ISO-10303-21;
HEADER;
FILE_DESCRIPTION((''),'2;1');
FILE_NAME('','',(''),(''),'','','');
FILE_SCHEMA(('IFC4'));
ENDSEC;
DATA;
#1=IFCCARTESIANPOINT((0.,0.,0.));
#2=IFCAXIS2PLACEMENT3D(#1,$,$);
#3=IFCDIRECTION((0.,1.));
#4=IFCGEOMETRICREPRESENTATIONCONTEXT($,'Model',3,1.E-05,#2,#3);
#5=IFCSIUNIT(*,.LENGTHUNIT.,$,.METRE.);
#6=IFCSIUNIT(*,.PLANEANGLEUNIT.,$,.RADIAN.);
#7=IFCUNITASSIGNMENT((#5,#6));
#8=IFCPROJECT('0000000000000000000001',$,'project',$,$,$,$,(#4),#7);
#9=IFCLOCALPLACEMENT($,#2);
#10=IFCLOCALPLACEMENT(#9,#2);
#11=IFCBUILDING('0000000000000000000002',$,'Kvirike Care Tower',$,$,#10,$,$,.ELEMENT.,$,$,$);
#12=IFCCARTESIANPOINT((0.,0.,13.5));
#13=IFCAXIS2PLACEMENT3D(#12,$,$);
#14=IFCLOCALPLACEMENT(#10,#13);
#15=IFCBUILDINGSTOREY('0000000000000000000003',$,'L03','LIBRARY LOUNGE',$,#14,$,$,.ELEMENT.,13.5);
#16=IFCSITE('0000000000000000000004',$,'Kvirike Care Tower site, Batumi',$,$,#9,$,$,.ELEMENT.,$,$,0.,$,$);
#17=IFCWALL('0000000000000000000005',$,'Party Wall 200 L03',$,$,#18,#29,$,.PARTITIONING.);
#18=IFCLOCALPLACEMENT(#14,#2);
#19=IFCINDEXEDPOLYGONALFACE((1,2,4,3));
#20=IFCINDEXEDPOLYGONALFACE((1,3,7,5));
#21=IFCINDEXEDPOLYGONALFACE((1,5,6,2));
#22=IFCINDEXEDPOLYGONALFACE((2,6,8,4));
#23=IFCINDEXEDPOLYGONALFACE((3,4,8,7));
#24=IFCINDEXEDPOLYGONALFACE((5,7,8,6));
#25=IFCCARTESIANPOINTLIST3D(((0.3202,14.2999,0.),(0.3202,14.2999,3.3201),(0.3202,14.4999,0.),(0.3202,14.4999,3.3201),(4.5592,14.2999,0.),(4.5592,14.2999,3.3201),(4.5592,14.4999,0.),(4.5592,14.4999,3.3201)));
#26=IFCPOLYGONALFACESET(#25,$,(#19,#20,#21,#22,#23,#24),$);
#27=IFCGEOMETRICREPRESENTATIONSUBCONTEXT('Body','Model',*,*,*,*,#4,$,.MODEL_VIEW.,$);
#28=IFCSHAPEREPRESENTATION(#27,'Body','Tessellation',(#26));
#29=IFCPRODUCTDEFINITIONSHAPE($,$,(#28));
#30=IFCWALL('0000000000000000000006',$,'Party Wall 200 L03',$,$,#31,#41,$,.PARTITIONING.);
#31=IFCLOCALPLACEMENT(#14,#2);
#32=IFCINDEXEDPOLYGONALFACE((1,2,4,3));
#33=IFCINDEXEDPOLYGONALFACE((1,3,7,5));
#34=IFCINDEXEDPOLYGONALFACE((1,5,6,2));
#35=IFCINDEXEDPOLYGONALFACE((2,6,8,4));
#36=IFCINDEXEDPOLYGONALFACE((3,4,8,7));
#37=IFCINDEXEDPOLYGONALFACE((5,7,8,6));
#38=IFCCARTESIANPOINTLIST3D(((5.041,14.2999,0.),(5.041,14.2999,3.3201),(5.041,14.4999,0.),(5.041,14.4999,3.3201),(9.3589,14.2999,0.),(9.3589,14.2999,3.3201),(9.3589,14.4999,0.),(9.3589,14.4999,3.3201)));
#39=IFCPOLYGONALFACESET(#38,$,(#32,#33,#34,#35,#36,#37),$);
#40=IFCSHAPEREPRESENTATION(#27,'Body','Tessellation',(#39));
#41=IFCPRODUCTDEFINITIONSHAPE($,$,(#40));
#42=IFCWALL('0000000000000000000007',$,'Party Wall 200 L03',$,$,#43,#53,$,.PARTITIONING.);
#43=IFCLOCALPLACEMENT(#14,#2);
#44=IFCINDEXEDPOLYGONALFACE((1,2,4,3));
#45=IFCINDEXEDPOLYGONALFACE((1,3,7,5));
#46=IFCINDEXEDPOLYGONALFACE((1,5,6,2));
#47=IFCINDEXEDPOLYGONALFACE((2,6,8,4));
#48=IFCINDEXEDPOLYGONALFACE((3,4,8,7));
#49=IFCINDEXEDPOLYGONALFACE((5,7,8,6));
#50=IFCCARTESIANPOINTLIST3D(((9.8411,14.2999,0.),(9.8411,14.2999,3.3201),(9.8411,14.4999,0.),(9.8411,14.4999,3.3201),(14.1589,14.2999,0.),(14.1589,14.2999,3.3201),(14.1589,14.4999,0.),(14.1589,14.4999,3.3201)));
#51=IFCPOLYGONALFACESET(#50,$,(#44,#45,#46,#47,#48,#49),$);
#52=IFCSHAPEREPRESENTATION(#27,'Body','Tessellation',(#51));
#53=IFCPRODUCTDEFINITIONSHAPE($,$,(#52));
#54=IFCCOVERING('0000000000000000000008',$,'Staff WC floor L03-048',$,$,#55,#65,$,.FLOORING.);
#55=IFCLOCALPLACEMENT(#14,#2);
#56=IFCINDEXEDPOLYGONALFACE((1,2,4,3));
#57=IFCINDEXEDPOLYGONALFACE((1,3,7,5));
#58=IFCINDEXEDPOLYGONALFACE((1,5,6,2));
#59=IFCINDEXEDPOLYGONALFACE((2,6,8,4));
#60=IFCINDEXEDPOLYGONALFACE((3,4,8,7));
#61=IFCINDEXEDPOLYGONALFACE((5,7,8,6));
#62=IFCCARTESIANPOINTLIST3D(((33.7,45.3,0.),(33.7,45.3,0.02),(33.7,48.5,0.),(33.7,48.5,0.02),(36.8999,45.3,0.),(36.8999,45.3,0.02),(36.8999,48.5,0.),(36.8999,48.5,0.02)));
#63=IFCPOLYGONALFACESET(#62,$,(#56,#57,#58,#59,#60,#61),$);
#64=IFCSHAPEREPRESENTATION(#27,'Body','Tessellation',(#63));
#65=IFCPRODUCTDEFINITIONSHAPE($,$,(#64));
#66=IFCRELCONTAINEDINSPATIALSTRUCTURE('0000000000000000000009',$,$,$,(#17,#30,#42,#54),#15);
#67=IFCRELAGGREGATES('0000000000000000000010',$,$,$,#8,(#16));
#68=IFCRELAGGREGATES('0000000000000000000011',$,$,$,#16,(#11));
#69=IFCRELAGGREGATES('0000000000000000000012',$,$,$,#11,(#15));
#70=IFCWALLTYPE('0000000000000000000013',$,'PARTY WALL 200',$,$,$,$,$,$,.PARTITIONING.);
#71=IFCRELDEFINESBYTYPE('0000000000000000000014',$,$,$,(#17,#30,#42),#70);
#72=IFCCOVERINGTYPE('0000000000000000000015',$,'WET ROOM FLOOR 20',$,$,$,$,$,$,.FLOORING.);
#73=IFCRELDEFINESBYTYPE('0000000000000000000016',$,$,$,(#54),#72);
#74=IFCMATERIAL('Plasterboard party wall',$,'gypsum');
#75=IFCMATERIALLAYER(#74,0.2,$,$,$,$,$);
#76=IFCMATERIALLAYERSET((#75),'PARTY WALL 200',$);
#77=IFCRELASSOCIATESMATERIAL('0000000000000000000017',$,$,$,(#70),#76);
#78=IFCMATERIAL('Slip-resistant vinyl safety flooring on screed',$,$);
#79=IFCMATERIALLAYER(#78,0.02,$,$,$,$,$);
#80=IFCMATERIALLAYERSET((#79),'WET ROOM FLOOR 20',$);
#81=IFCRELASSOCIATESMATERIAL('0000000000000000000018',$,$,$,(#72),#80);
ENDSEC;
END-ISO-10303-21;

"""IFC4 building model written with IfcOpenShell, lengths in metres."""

from ifc_helpers import new_model, si_unit, direction, frame, frame_2d, origin, place, context, subcontext, project, spatial, polyline, rectangle, outline, extrude, material, layer, layer_set, type_object, element, save


model = new_model("IFC4")

# Units and contexts
model_context = context("Model", 3, precision=1e-05, world=origin(), true_north=direction((0.0, 1.0)))
body_context = subcontext(model_context, "Body", "Model", "MODEL_VIEW")
ifc_project = project(units=[si_unit("LENGTHUNIT", "METRE"), si_unit("PLANEANGLEUNIT", "RADIAN")], contexts=[model_context])

# Site, building, storey
site_placement = place(None, origin())
site = spatial("IfcSite", under=ifc_project, at=site_placement, Name="Kvirike Care Tower site, Batumi", CompositionType="ELEMENT", RefElevation=0.0)
building_placement = place(site_placement, origin())
building = spatial("IfcBuilding", under=site, at=building_placement, Name="Kvirike Care Tower", CompositionType="ELEMENT")
storey_placement = place(building_placement, frame((0.0, 0.0, 13.5)))
storey = spatial("IfcBuildingStorey", under=building, at=storey_placement, Name="L03", Description="LIBRARY LOUNGE", CompositionType="ELEMENT", Elevation=13.5)

# Walls
ifc_material_1 = material(Name="Plasterboard party wall", Category="gypsum")
ifc_layer_1 = layer(ifc_material_1, 0.2)
ifc_layer_set_1 = layer_set([ifc_layer_1], Name="PARTY WALL 200")
wall_type_1 = type_object("IfcWallType", Name="PARTY WALL 200", PredefinedType="PARTITIONING", material=ifc_layer_set_1)
wall_1_placement = place(storey_placement, frame((0.3201, 14.3999, 0.0), z_axis=(0.0, 0.0, 1.0), x_axis=(1.0, 0.0, 0.0)))
element("IfcWall", 1, at=wall_1_placement, inside=storey, type_object=wall_type_1, Name="Party Wall 200 L03", PredefinedType="PARTITIONING", context=body_context, shape_type="SweptSolid", body=[
    extrude(rectangle(XDim=4.239, YDim=0.2, at=frame_2d((2.1196, 0.0))), origin(), (0.0, 0.0, 1.0), 3.3201),
])
for number, where, z_axis, x_axis, name in (
    (2, (5.041, 14.3999, 0.0), (0.0, 0.0, 1.0), (1.0, 0.0, 0.0), "Party Wall 200 L03"),
    (3, (9.8411, 14.3999, 0.0), (0.0, 0.0, 1.0), (1.0, 0.0, 0.0), "Party Wall 200 L03"),
):
    element("IfcWall", number, at=place(storey_placement, frame(where, z_axis=z_axis, x_axis=x_axis)), inside=storey, type_object=wall_type_1, Name=name, PredefinedType="PARTITIONING", context=body_context, shape_type="SweptSolid", body=[
        extrude(rectangle(XDim=4.3179, YDim=0.2, at=frame_2d((2.1589, 0.0))), origin(), (0.0, 0.0, 1.0), 3.3201),
    ])

# Covering
ifc_material_2 = material(Name="Slip-resistant vinyl safety flooring on screed")
ifc_layer_2 = layer(ifc_material_2, 0.02)
ifc_layer_set_2 = layer_set([ifc_layer_2], Name="WET ROOM FLOOR 20")
covering_type = type_object("IfcCoveringType", Name="WET ROOM FLOOR 20", PredefinedType="FLOORING", material=ifc_layer_set_2)
covering_placement = place(storey_placement, origin())
element("IfcCovering", 4, at=covering_placement, inside=storey, type_object=covering_type, Name="Staff WC floor L03-048", PredefinedType="FLOORING", context=body_context, shape_type="SweptSolid", body=[
    extrude(outline(polyline([(36.8999, 45.3), (33.7, 45.3), (33.7, 48.5), (36.8999, 48.5), (36.8999, 45.3)])), origin(), (0.0, 0.0, 1.0), 0.02),
])

save(model, "model.ifc")
